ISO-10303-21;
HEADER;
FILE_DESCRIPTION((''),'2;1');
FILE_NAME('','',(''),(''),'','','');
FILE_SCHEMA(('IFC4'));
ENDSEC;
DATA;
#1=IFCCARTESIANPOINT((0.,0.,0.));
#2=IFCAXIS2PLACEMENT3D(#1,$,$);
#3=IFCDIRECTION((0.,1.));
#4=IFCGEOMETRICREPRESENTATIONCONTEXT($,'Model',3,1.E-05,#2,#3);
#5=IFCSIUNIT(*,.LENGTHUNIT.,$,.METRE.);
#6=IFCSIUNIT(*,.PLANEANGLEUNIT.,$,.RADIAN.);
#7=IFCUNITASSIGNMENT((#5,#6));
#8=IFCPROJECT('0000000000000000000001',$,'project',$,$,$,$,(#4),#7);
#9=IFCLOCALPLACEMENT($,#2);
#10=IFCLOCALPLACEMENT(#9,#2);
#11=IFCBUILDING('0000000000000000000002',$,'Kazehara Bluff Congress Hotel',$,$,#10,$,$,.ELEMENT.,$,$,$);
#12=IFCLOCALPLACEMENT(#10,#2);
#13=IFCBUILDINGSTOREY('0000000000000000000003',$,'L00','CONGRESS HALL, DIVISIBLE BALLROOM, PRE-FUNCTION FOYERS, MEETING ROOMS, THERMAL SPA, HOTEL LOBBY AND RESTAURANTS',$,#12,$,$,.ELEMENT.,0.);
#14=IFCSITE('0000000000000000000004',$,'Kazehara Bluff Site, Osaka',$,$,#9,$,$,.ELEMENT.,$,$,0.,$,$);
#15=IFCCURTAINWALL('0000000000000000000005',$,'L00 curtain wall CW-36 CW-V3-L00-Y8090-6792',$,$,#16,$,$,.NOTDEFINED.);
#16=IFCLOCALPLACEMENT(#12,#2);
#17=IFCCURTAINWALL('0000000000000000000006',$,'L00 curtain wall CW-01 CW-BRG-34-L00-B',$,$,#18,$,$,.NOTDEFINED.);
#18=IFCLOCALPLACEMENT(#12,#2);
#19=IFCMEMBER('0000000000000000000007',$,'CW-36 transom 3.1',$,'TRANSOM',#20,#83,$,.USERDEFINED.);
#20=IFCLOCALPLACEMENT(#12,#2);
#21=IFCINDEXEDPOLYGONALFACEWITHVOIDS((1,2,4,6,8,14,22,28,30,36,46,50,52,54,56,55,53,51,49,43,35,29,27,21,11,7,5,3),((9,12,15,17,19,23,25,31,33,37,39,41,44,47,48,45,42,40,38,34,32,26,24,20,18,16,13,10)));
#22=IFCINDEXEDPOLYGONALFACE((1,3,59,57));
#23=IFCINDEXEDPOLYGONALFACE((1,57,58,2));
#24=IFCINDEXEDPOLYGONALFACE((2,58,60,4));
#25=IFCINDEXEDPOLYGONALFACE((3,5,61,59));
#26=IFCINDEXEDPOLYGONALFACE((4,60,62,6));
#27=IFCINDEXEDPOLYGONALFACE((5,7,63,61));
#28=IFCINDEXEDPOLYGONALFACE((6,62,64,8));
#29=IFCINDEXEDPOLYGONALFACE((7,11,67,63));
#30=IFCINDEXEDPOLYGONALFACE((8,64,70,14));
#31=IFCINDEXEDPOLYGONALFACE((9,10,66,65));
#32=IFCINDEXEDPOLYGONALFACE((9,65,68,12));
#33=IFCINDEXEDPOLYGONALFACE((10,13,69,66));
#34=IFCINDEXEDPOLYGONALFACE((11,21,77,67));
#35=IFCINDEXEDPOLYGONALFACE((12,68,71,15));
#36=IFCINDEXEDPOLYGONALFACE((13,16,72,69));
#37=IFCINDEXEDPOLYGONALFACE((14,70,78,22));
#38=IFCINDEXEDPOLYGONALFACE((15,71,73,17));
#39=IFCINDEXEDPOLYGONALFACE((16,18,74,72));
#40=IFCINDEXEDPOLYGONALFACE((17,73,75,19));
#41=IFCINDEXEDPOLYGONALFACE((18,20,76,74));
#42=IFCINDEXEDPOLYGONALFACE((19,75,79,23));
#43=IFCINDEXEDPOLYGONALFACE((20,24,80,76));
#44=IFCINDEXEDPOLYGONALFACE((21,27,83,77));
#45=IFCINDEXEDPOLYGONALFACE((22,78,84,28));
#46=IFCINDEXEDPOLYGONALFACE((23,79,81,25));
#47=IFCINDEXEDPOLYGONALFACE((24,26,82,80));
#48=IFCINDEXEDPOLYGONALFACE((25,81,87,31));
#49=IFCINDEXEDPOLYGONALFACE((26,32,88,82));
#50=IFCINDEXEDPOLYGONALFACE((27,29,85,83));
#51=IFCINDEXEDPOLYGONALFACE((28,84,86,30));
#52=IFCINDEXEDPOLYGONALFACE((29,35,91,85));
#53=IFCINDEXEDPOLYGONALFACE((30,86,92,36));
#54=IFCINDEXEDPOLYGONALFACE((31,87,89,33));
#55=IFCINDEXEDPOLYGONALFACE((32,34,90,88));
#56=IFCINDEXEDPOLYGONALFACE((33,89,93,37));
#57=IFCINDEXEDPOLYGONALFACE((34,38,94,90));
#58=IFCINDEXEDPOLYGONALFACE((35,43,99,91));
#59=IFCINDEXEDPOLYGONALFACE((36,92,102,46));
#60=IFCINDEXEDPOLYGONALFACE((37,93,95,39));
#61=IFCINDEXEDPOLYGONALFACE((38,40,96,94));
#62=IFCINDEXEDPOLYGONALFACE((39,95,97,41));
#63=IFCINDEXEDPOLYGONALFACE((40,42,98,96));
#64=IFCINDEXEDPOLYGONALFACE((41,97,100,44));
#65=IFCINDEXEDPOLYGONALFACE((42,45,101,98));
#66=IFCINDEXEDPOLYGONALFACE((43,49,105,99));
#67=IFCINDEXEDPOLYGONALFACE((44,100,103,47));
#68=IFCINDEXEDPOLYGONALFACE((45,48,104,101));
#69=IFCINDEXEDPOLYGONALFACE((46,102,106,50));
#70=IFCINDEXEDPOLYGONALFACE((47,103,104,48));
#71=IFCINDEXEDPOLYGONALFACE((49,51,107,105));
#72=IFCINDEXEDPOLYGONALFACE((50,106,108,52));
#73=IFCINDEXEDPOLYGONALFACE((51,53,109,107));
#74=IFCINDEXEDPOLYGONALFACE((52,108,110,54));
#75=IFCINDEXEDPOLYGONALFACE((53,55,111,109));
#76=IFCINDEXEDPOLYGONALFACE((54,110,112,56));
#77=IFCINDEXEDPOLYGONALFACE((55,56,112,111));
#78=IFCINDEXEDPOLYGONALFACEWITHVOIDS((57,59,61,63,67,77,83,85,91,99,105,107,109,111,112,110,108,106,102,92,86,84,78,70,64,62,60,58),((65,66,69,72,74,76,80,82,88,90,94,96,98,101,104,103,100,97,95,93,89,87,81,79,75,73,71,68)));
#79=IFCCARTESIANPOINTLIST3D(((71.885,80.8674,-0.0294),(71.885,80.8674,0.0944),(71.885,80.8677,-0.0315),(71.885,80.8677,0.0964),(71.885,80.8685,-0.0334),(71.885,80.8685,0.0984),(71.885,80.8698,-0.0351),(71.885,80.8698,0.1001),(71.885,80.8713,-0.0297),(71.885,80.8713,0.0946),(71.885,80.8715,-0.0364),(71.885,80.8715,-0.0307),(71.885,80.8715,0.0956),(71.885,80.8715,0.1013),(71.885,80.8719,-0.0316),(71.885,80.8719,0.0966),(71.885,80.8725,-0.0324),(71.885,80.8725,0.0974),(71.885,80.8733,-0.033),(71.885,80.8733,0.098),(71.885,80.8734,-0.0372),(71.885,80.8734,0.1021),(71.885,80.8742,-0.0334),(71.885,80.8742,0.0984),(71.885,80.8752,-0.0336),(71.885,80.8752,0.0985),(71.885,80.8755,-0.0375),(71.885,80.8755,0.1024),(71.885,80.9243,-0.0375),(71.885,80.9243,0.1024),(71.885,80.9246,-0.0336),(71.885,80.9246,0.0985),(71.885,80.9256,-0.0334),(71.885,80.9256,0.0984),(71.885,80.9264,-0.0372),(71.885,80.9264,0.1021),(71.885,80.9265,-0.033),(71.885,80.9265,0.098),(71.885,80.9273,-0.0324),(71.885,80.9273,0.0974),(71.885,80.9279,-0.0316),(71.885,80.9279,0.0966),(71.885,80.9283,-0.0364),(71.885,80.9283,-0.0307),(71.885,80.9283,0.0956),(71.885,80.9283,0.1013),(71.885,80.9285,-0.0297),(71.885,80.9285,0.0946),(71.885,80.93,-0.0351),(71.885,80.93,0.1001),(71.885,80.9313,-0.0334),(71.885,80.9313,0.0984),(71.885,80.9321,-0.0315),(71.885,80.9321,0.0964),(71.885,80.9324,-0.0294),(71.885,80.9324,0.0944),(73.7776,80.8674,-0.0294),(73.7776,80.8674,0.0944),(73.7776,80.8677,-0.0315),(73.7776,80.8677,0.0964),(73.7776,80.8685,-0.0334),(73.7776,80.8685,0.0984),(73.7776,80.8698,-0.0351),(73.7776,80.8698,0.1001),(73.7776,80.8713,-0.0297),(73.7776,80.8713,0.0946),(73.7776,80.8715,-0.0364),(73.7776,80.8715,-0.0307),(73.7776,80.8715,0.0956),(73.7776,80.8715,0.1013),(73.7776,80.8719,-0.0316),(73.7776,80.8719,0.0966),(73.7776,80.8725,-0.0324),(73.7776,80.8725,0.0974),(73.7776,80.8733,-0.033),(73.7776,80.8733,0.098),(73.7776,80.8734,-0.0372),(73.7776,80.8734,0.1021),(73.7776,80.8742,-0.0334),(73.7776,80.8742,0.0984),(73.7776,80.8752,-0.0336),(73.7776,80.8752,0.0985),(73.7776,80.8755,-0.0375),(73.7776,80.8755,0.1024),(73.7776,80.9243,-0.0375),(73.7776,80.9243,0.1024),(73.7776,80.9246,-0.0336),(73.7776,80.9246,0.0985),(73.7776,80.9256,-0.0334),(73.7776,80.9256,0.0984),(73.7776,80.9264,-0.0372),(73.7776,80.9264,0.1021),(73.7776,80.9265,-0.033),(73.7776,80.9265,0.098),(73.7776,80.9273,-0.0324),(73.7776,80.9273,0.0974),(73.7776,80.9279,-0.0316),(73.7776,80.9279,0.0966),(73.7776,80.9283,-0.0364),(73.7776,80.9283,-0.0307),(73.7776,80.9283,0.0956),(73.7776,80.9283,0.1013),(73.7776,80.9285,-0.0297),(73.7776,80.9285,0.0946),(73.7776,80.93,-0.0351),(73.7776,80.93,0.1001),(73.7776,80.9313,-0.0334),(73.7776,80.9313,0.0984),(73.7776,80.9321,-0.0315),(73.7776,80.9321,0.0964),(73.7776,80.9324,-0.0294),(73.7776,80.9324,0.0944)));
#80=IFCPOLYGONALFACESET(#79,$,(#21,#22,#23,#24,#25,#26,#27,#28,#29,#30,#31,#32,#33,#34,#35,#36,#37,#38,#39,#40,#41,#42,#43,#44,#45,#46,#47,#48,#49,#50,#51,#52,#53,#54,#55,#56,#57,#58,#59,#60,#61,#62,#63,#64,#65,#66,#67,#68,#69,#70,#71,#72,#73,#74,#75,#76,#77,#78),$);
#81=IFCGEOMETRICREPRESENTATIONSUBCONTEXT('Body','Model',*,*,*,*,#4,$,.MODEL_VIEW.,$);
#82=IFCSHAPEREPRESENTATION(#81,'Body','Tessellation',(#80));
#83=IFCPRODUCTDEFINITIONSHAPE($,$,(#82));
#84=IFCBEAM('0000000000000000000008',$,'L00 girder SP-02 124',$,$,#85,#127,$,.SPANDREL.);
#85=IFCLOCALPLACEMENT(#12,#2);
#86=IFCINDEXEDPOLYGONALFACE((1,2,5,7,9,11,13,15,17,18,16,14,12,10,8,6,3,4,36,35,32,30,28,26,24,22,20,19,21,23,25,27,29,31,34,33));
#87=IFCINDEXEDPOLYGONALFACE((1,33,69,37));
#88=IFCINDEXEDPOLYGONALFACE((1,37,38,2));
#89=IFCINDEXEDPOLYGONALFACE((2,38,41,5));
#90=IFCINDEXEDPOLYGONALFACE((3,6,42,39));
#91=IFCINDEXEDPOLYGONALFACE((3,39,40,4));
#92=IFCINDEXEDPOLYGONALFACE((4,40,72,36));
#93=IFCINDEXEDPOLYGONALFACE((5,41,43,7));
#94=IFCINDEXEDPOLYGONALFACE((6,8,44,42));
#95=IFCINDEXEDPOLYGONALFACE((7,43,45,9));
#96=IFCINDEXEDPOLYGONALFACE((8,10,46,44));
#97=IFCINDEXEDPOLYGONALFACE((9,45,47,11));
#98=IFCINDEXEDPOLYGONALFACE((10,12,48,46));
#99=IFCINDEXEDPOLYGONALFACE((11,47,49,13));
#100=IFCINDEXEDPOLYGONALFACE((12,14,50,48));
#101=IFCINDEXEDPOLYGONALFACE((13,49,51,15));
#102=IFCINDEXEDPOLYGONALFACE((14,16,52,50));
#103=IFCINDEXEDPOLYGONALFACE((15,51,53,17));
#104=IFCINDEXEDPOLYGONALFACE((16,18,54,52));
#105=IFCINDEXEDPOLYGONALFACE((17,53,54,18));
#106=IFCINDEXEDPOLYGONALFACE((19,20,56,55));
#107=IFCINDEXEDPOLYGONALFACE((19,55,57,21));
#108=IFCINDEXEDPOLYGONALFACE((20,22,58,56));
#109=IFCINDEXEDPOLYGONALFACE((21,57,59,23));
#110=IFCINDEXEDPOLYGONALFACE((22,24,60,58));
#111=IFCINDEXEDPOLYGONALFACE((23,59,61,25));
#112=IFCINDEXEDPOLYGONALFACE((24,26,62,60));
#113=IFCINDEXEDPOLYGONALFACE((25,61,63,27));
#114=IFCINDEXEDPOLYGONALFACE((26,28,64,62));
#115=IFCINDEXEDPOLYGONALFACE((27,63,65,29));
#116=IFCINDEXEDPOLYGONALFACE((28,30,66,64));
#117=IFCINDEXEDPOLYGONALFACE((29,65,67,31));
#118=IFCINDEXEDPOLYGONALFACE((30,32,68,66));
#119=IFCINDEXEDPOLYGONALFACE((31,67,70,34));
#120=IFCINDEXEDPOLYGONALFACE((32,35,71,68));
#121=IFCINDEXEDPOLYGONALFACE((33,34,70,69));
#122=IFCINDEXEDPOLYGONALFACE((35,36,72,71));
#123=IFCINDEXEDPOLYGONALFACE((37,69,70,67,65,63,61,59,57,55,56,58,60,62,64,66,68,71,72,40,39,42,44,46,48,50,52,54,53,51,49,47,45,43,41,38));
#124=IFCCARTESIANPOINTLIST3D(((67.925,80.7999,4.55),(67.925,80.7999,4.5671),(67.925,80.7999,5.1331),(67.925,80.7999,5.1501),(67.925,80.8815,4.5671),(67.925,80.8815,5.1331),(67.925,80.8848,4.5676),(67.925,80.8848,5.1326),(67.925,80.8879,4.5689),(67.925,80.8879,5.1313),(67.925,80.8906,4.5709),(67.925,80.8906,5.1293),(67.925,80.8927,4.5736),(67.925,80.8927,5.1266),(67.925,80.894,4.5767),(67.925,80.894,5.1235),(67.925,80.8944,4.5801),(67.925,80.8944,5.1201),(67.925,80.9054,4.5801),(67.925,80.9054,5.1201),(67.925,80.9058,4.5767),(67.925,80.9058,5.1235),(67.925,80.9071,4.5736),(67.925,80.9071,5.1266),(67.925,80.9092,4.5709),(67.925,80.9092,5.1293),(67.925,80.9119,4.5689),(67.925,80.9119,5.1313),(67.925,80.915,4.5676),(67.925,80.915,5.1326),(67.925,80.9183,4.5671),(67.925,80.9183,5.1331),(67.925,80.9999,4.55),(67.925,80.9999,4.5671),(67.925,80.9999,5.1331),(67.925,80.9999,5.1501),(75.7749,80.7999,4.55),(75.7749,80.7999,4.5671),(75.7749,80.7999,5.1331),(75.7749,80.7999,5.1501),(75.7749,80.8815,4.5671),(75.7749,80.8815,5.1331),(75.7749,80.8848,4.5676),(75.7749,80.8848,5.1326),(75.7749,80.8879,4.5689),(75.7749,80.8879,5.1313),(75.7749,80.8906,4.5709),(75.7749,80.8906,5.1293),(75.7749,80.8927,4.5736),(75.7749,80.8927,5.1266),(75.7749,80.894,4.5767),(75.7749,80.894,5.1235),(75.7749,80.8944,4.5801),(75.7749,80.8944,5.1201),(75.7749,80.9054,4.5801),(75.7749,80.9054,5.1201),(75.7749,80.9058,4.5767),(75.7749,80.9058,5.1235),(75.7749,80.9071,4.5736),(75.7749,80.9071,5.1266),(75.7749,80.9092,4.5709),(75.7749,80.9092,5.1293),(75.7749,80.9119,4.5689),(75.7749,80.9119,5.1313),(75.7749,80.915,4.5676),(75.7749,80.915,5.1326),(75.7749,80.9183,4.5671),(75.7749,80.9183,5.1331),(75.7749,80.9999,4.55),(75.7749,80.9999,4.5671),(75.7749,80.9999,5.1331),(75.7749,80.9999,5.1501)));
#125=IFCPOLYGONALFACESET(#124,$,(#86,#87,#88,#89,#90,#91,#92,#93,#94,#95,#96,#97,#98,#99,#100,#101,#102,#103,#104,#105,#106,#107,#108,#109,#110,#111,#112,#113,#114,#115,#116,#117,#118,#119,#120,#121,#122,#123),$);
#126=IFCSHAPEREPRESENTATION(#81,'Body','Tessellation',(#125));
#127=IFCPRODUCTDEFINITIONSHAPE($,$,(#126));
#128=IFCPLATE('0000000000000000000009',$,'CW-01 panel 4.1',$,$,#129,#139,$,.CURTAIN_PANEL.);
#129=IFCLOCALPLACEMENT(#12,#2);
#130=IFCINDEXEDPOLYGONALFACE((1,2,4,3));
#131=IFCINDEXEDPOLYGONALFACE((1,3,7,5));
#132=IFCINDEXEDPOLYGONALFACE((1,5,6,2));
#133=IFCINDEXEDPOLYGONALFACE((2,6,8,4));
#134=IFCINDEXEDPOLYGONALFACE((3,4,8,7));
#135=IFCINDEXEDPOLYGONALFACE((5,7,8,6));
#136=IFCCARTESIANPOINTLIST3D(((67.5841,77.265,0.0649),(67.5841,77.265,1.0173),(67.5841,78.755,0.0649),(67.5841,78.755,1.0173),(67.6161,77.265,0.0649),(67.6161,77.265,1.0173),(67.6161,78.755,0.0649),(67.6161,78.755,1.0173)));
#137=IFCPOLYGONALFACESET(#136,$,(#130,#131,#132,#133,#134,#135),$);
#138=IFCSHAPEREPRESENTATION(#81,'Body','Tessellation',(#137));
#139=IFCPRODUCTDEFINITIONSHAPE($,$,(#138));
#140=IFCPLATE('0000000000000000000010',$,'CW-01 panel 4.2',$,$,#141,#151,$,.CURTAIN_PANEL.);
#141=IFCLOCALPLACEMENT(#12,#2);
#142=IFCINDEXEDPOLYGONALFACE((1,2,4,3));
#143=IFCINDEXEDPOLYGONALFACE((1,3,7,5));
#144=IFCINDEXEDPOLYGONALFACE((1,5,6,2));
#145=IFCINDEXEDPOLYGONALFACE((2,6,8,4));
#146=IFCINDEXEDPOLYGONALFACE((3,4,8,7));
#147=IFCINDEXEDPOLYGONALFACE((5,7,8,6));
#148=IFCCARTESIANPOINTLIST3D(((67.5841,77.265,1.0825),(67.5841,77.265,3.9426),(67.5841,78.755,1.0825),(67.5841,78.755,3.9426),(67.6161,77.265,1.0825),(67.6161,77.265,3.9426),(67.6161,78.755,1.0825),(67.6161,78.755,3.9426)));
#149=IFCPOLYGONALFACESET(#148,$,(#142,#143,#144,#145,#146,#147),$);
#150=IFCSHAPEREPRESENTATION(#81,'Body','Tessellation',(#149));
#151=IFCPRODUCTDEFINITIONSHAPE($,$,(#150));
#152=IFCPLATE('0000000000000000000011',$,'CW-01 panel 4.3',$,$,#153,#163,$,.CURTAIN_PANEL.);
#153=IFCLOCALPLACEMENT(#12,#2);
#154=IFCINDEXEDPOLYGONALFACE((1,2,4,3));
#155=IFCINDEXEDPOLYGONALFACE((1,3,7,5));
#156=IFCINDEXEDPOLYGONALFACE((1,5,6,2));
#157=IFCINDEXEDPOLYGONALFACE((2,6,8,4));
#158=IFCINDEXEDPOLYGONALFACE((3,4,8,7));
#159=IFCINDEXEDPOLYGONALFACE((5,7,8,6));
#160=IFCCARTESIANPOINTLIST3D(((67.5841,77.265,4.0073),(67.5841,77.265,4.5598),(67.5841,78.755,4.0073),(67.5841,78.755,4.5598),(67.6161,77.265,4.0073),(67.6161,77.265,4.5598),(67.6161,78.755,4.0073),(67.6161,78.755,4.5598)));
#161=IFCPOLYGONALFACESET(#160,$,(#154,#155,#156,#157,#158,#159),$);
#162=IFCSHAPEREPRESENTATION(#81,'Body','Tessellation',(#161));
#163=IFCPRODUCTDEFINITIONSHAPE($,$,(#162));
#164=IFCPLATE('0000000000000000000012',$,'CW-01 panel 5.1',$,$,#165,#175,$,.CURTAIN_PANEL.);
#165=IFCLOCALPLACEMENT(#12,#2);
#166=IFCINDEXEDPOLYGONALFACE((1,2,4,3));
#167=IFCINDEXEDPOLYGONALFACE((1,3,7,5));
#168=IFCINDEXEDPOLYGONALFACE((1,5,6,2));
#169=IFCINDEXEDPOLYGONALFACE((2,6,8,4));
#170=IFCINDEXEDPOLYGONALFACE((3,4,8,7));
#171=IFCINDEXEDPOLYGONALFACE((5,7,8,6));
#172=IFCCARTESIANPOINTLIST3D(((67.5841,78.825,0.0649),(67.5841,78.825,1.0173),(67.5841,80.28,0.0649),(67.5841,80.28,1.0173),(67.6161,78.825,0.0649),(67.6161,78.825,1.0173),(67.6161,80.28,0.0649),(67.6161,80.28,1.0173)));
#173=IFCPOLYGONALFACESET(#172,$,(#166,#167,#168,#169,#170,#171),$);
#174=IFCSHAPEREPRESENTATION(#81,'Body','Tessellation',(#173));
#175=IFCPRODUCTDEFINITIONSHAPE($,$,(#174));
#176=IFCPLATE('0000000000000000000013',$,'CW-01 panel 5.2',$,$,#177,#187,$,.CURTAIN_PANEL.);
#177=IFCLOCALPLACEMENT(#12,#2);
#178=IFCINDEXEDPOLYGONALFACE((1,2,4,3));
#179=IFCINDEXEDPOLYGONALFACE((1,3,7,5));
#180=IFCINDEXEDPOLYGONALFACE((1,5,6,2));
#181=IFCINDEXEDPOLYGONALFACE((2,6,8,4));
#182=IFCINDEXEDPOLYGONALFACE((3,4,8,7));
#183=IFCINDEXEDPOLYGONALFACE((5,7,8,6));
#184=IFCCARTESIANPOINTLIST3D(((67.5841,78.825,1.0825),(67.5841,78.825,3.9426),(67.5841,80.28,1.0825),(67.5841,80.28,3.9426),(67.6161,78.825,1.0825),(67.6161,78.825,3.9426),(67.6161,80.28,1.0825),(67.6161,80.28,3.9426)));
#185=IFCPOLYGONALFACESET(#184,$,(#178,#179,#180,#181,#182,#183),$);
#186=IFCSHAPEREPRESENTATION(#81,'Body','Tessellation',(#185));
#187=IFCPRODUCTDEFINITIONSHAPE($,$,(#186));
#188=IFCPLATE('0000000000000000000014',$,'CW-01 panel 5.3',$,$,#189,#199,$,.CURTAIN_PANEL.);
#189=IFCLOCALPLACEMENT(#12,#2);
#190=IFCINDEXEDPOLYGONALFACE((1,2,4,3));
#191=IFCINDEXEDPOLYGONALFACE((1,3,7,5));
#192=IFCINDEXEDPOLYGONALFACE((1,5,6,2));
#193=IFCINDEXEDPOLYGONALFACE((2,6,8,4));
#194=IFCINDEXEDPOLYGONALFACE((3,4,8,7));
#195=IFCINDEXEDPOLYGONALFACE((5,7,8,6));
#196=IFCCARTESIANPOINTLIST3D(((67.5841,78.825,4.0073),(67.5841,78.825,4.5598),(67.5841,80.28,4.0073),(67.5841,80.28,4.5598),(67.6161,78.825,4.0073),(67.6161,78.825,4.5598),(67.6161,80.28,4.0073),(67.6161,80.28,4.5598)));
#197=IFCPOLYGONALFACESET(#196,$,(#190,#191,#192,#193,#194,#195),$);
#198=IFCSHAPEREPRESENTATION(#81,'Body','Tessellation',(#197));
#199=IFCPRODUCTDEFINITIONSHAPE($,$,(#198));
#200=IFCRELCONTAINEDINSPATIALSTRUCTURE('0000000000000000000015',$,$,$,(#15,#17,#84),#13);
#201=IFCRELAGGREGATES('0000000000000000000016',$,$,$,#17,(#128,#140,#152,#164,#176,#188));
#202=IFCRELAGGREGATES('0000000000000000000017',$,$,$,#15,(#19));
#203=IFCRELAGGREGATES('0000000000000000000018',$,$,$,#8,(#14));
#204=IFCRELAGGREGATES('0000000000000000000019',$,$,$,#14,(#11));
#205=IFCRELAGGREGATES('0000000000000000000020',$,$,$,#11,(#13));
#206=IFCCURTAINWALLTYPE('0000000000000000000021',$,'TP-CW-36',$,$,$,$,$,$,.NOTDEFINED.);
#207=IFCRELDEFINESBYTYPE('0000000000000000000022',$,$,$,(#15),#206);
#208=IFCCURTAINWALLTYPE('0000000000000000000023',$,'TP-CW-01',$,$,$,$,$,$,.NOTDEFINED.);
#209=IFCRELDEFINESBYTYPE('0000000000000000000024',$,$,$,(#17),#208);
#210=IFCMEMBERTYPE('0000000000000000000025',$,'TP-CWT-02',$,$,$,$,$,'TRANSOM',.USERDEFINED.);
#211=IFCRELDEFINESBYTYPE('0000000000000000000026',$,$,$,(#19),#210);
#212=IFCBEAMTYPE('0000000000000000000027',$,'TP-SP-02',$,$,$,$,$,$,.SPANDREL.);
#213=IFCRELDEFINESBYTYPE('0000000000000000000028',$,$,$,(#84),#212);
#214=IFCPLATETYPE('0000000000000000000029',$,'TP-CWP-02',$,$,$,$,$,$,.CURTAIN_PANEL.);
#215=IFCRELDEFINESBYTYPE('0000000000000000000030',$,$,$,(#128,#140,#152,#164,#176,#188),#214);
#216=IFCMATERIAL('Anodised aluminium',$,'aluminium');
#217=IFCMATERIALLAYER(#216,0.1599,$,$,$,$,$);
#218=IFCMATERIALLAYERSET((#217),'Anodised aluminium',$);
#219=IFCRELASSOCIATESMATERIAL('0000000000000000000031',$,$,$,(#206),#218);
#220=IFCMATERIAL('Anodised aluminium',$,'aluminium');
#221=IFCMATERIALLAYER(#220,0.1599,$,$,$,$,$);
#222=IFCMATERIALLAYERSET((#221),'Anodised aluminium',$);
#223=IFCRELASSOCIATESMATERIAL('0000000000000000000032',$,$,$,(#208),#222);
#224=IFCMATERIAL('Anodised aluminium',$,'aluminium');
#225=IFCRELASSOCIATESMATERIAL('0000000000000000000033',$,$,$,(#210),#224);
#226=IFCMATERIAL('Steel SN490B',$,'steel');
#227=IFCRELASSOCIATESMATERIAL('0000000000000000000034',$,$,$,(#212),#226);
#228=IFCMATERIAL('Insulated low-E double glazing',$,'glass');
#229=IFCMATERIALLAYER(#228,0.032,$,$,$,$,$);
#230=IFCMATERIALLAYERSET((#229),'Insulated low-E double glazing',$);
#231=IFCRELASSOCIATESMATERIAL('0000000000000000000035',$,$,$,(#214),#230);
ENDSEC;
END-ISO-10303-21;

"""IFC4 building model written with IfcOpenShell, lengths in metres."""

from ifc_helpers import new_model, si_unit, direction, frame, origin, origin_2d, place, context, subcontext, project, spatial, rectangle, hollow_rectangle, i_section, extrude, material, layer, layer_set, material_profile, profile_set, type_object, element, aggregate, save


model = new_model("IFC4")

# Units and contexts
model_context = context("Model", 3, precision=1e-05, world=origin(), true_north=direction((0.0, 1.0)))
body_context = subcontext(model_context, "Body", "Model", "MODEL_VIEW")
ifc_project = project(units=[si_unit("LENGTHUNIT", "METRE"), si_unit("PLANEANGLEUNIT", "RADIAN")], contexts=[model_context])

# Site, building, storey
site_placement = place(None, origin())
site = spatial("IfcSite", under=ifc_project, at=site_placement, Name="Kazehara Bluff Site, Osaka", CompositionType="ELEMENT", RefElevation=0.0)
building_placement = place(site_placement, origin())
building = spatial("IfcBuilding", under=site, at=building_placement, Name="Kazehara Bluff Congress Hotel", CompositionType="ELEMENT")
storey_placement = place(building_placement, origin())
storey = spatial("IfcBuildingStorey", under=building, at=storey_placement, Name="L00", Description="CONGRESS HALL, DIVISIBLE BALLROOM, PRE-FUNCTION FOYERS, MEETING ROOMS, THERMAL SPA, HOTEL LOBBY AND RESTAURANTS", CompositionType="ELEMENT", Elevation=0.0)

# Curtain walls
ifc_material_1 = material(Name="Anodised aluminium", Category="aluminium")
ifc_layer_1 = layer(ifc_material_1, 0.1599)
ifc_layer_set_1 = layer_set([ifc_layer_1], Name="Anodised aluminium")
curtain_wall_type_1 = type_object("IfcCurtainWallType", Name="TP-CW-36", PredefinedType="NOTDEFINED", material=ifc_layer_set_1)
curtain_wall_1_placement = place(storey_placement, origin())
curtain_wall_1 = element("IfcCurtainWall", 1, at=curtain_wall_1_placement, inside=storey, type_object=curtain_wall_type_1, Name="L00 curtain wall CW-36 CW-V3-L00-Y8090-6792", PredefinedType="NOTDEFINED")
ifc_material_2 = material(Name="Anodised aluminium", Category="aluminium")
ifc_layer_2 = layer(ifc_material_2, 0.1599)
ifc_layer_set_2 = layer_set([ifc_layer_2], Name="Anodised aluminium")
curtain_wall_type_2 = type_object("IfcCurtainWallType", Name="TP-CW-01", PredefinedType="NOTDEFINED", material=ifc_layer_set_2)
curtain_wall_2_placement = place(storey_placement, origin())
curtain_wall_2 = element("IfcCurtainWall", 2, at=curtain_wall_2_placement, inside=storey, type_object=curtain_wall_type_2, Name="L00 curtain wall CW-01 CW-BRG-34-L00-B", PredefinedType="NOTDEFINED")
ifc_material_3 = material(Name="Anodised aluminium", Category="aluminium")
ifc_material_profile_1 = material_profile(ifc_material_3, hollow_rectangle(XDim=0.0649, YDim=0.1399, WallThickness=0.0039, InnerFilletRadius=0.0039, OuterFilletRadius=0.0081, at=origin_2d()))
ifc_profile_set_1 = profile_set([ifc_material_profile_1], Name="Anodised aluminium")
member_type_1 = type_object("IfcMemberType", Name="TP-CWT-02", ElementType="TRANSOM", PredefinedType="USERDEFINED", material=ifc_profile_set_1)

# Member
member_1_placement = place(storey_placement, frame((71.885, 80.8999, 0.0325), z_axis=(1.0, 0.0, 0.0), x_axis=(0.0, 1.0, 0.0)))
member_1 = element("IfcMember", 3, at=member_1_placement, type_object=member_type_1, Name="CW-36 transom 3.1", ObjectType="TRANSOM", PredefinedType="USERDEFINED", context=body_context, shape_type="SweptSolid", body=[
    extrude(hollow_rectangle(XDim=0.0649, YDim=0.1399, WallThickness=0.0039, InnerFilletRadius=0.0039, OuterFilletRadius=0.0081, at=origin_2d()), origin(), (0.0, 0.0, 1.0), 1.8926),
])

# Beam
ifc_material_4 = material(Name="Steel SN490B", Category="steel")
ifc_material_profile_2 = material_profile(ifc_material_4, i_section(OverallWidth=0.2, OverallDepth=0.6001, WebThickness=0.011, FlangeThickness=0.0171, FilletRadius=0.0129, at=origin_2d()))
ifc_profile_set_2 = profile_set([ifc_material_profile_2], Name="Steel SN490B")
beam_type = type_object("IfcBeamType", Name="TP-SP-02", PredefinedType="SPANDREL", material=ifc_profile_set_2)
beam_placement = place(storey_placement, frame((67.925, 80.8999, 4.8501), z_axis=(1.0, 0.0, 0.0), x_axis=(0.0, 1.0, 0.0)))
element("IfcBeam", 4, at=beam_placement, inside=storey, type_object=beam_type, Name="L00 girder SP-02 124", PredefinedType="SPANDREL", context=body_context, shape_type="SweptSolid", body=[
    extrude(i_section(OverallWidth=0.2, OverallDepth=0.6001, WebThickness=0.011, FlangeThickness=0.0171, FilletRadius=0.0129, at=origin_2d()), origin(), (0.0, 0.0, 1.0), 7.8499),
])

# Plates
ifc_material_5 = material(Name="Insulated low-E double glazing", Category="glass")
ifc_layer_3 = layer(ifc_material_5, 0.032)
ifc_layer_set_3 = layer_set([ifc_layer_3], Name="Insulated low-E double glazing")
plate_type = type_object("IfcPlateType", Name="TP-CWP-02", PredefinedType="CURTAIN_PANEL", material=ifc_layer_set_3)
plate_1_placement = place(storey_placement, frame((67.6001, 78.01, 0.0649), z_axis=(0.0, 0.0, 1.0), x_axis=(0.0, 1.0, 0.0)))
plate_1 = element("IfcPlate", 5, at=plate_1_placement, type_object=plate_type, Name="CW-01 panel 4.1", PredefinedType="CURTAIN_PANEL", context=body_context, shape_type="SweptSolid", body=[
    extrude(rectangle(XDim=1.49, YDim=0.032, at=origin_2d()), origin(), (0.0, 0.0, 1.0), 0.9524),
])
plate_2_placement = place(storey_placement, frame((67.6001, 78.01, 1.0825), z_axis=(0.0, 0.0, 1.0), x_axis=(0.0, 1.0, 0.0)))
plate_2 = element("IfcPlate", 6, at=plate_2_placement, type_object=plate_type, Name="CW-01 panel 4.2", PredefinedType="CURTAIN_PANEL", context=body_context, shape_type="SweptSolid", body=[
    extrude(rectangle(XDim=1.49, YDim=0.032, at=origin_2d()), origin(), (0.0, 0.0, 1.0), 2.8601),
])
plate_3_placement = place(storey_placement, frame((67.6001, 78.01, 4.0073), z_axis=(0.0, 0.0, 1.0), x_axis=(0.0, 1.0, 0.0)))
plate_3 = element("IfcPlate", 7, at=plate_3_placement, type_object=plate_type, Name="CW-01 panel 4.3", PredefinedType="CURTAIN_PANEL", context=body_context, shape_type="SweptSolid", body=[
    extrude(rectangle(XDim=1.49, YDim=0.032, at=origin_2d()), origin(), (0.0, 0.0, 1.0), 0.5525),
])
plate_4_placement = place(storey_placement, frame((67.6001, 79.5525, 0.0649), z_axis=(0.0, 0.0, 1.0), x_axis=(0.0, 1.0, 0.0)))
plate_4 = element("IfcPlate", 8, at=plate_4_placement, type_object=plate_type, Name="CW-01 panel 5.1", PredefinedType="CURTAIN_PANEL", context=body_context, shape_type="SweptSolid", body=[
    extrude(rectangle(XDim=1.4551, YDim=0.032, at=origin_2d()), origin(), (0.0, 0.0, 1.0), 0.9524),
])
plate_5_placement = place(storey_placement, frame((67.6001, 79.5525, 1.0825), z_axis=(0.0, 0.0, 1.0), x_axis=(0.0, 1.0, 0.0)))
plate_5 = element("IfcPlate", 9, at=plate_5_placement, type_object=plate_type, Name="CW-01 panel 5.2", PredefinedType="CURTAIN_PANEL", context=body_context, shape_type="SweptSolid", body=[
    extrude(rectangle(XDim=1.4551, YDim=0.032, at=origin_2d()), origin(), (0.0, 0.0, 1.0), 2.8601),
])
plate_6_placement = place(storey_placement, frame((67.6001, 79.5525, 4.0073), z_axis=(0.0, 0.0, 1.0), x_axis=(0.0, 1.0, 0.0)))
plate_6 = element("IfcPlate", 10, at=plate_6_placement, type_object=plate_type, Name="CW-01 panel 5.3", PredefinedType="CURTAIN_PANEL", context=body_context, shape_type="SweptSolid", body=[
    extrude(rectangle(XDim=1.4551, YDim=0.032, at=origin_2d()), origin(), (0.0, 0.0, 1.0), 0.5525),
])
aggregate(curtain_wall_2, [plate_1, plate_2, plate_3, plate_4, plate_5, plate_6])
aggregate(curtain_wall_1, [member_1])

save(model, "model.ifc")
